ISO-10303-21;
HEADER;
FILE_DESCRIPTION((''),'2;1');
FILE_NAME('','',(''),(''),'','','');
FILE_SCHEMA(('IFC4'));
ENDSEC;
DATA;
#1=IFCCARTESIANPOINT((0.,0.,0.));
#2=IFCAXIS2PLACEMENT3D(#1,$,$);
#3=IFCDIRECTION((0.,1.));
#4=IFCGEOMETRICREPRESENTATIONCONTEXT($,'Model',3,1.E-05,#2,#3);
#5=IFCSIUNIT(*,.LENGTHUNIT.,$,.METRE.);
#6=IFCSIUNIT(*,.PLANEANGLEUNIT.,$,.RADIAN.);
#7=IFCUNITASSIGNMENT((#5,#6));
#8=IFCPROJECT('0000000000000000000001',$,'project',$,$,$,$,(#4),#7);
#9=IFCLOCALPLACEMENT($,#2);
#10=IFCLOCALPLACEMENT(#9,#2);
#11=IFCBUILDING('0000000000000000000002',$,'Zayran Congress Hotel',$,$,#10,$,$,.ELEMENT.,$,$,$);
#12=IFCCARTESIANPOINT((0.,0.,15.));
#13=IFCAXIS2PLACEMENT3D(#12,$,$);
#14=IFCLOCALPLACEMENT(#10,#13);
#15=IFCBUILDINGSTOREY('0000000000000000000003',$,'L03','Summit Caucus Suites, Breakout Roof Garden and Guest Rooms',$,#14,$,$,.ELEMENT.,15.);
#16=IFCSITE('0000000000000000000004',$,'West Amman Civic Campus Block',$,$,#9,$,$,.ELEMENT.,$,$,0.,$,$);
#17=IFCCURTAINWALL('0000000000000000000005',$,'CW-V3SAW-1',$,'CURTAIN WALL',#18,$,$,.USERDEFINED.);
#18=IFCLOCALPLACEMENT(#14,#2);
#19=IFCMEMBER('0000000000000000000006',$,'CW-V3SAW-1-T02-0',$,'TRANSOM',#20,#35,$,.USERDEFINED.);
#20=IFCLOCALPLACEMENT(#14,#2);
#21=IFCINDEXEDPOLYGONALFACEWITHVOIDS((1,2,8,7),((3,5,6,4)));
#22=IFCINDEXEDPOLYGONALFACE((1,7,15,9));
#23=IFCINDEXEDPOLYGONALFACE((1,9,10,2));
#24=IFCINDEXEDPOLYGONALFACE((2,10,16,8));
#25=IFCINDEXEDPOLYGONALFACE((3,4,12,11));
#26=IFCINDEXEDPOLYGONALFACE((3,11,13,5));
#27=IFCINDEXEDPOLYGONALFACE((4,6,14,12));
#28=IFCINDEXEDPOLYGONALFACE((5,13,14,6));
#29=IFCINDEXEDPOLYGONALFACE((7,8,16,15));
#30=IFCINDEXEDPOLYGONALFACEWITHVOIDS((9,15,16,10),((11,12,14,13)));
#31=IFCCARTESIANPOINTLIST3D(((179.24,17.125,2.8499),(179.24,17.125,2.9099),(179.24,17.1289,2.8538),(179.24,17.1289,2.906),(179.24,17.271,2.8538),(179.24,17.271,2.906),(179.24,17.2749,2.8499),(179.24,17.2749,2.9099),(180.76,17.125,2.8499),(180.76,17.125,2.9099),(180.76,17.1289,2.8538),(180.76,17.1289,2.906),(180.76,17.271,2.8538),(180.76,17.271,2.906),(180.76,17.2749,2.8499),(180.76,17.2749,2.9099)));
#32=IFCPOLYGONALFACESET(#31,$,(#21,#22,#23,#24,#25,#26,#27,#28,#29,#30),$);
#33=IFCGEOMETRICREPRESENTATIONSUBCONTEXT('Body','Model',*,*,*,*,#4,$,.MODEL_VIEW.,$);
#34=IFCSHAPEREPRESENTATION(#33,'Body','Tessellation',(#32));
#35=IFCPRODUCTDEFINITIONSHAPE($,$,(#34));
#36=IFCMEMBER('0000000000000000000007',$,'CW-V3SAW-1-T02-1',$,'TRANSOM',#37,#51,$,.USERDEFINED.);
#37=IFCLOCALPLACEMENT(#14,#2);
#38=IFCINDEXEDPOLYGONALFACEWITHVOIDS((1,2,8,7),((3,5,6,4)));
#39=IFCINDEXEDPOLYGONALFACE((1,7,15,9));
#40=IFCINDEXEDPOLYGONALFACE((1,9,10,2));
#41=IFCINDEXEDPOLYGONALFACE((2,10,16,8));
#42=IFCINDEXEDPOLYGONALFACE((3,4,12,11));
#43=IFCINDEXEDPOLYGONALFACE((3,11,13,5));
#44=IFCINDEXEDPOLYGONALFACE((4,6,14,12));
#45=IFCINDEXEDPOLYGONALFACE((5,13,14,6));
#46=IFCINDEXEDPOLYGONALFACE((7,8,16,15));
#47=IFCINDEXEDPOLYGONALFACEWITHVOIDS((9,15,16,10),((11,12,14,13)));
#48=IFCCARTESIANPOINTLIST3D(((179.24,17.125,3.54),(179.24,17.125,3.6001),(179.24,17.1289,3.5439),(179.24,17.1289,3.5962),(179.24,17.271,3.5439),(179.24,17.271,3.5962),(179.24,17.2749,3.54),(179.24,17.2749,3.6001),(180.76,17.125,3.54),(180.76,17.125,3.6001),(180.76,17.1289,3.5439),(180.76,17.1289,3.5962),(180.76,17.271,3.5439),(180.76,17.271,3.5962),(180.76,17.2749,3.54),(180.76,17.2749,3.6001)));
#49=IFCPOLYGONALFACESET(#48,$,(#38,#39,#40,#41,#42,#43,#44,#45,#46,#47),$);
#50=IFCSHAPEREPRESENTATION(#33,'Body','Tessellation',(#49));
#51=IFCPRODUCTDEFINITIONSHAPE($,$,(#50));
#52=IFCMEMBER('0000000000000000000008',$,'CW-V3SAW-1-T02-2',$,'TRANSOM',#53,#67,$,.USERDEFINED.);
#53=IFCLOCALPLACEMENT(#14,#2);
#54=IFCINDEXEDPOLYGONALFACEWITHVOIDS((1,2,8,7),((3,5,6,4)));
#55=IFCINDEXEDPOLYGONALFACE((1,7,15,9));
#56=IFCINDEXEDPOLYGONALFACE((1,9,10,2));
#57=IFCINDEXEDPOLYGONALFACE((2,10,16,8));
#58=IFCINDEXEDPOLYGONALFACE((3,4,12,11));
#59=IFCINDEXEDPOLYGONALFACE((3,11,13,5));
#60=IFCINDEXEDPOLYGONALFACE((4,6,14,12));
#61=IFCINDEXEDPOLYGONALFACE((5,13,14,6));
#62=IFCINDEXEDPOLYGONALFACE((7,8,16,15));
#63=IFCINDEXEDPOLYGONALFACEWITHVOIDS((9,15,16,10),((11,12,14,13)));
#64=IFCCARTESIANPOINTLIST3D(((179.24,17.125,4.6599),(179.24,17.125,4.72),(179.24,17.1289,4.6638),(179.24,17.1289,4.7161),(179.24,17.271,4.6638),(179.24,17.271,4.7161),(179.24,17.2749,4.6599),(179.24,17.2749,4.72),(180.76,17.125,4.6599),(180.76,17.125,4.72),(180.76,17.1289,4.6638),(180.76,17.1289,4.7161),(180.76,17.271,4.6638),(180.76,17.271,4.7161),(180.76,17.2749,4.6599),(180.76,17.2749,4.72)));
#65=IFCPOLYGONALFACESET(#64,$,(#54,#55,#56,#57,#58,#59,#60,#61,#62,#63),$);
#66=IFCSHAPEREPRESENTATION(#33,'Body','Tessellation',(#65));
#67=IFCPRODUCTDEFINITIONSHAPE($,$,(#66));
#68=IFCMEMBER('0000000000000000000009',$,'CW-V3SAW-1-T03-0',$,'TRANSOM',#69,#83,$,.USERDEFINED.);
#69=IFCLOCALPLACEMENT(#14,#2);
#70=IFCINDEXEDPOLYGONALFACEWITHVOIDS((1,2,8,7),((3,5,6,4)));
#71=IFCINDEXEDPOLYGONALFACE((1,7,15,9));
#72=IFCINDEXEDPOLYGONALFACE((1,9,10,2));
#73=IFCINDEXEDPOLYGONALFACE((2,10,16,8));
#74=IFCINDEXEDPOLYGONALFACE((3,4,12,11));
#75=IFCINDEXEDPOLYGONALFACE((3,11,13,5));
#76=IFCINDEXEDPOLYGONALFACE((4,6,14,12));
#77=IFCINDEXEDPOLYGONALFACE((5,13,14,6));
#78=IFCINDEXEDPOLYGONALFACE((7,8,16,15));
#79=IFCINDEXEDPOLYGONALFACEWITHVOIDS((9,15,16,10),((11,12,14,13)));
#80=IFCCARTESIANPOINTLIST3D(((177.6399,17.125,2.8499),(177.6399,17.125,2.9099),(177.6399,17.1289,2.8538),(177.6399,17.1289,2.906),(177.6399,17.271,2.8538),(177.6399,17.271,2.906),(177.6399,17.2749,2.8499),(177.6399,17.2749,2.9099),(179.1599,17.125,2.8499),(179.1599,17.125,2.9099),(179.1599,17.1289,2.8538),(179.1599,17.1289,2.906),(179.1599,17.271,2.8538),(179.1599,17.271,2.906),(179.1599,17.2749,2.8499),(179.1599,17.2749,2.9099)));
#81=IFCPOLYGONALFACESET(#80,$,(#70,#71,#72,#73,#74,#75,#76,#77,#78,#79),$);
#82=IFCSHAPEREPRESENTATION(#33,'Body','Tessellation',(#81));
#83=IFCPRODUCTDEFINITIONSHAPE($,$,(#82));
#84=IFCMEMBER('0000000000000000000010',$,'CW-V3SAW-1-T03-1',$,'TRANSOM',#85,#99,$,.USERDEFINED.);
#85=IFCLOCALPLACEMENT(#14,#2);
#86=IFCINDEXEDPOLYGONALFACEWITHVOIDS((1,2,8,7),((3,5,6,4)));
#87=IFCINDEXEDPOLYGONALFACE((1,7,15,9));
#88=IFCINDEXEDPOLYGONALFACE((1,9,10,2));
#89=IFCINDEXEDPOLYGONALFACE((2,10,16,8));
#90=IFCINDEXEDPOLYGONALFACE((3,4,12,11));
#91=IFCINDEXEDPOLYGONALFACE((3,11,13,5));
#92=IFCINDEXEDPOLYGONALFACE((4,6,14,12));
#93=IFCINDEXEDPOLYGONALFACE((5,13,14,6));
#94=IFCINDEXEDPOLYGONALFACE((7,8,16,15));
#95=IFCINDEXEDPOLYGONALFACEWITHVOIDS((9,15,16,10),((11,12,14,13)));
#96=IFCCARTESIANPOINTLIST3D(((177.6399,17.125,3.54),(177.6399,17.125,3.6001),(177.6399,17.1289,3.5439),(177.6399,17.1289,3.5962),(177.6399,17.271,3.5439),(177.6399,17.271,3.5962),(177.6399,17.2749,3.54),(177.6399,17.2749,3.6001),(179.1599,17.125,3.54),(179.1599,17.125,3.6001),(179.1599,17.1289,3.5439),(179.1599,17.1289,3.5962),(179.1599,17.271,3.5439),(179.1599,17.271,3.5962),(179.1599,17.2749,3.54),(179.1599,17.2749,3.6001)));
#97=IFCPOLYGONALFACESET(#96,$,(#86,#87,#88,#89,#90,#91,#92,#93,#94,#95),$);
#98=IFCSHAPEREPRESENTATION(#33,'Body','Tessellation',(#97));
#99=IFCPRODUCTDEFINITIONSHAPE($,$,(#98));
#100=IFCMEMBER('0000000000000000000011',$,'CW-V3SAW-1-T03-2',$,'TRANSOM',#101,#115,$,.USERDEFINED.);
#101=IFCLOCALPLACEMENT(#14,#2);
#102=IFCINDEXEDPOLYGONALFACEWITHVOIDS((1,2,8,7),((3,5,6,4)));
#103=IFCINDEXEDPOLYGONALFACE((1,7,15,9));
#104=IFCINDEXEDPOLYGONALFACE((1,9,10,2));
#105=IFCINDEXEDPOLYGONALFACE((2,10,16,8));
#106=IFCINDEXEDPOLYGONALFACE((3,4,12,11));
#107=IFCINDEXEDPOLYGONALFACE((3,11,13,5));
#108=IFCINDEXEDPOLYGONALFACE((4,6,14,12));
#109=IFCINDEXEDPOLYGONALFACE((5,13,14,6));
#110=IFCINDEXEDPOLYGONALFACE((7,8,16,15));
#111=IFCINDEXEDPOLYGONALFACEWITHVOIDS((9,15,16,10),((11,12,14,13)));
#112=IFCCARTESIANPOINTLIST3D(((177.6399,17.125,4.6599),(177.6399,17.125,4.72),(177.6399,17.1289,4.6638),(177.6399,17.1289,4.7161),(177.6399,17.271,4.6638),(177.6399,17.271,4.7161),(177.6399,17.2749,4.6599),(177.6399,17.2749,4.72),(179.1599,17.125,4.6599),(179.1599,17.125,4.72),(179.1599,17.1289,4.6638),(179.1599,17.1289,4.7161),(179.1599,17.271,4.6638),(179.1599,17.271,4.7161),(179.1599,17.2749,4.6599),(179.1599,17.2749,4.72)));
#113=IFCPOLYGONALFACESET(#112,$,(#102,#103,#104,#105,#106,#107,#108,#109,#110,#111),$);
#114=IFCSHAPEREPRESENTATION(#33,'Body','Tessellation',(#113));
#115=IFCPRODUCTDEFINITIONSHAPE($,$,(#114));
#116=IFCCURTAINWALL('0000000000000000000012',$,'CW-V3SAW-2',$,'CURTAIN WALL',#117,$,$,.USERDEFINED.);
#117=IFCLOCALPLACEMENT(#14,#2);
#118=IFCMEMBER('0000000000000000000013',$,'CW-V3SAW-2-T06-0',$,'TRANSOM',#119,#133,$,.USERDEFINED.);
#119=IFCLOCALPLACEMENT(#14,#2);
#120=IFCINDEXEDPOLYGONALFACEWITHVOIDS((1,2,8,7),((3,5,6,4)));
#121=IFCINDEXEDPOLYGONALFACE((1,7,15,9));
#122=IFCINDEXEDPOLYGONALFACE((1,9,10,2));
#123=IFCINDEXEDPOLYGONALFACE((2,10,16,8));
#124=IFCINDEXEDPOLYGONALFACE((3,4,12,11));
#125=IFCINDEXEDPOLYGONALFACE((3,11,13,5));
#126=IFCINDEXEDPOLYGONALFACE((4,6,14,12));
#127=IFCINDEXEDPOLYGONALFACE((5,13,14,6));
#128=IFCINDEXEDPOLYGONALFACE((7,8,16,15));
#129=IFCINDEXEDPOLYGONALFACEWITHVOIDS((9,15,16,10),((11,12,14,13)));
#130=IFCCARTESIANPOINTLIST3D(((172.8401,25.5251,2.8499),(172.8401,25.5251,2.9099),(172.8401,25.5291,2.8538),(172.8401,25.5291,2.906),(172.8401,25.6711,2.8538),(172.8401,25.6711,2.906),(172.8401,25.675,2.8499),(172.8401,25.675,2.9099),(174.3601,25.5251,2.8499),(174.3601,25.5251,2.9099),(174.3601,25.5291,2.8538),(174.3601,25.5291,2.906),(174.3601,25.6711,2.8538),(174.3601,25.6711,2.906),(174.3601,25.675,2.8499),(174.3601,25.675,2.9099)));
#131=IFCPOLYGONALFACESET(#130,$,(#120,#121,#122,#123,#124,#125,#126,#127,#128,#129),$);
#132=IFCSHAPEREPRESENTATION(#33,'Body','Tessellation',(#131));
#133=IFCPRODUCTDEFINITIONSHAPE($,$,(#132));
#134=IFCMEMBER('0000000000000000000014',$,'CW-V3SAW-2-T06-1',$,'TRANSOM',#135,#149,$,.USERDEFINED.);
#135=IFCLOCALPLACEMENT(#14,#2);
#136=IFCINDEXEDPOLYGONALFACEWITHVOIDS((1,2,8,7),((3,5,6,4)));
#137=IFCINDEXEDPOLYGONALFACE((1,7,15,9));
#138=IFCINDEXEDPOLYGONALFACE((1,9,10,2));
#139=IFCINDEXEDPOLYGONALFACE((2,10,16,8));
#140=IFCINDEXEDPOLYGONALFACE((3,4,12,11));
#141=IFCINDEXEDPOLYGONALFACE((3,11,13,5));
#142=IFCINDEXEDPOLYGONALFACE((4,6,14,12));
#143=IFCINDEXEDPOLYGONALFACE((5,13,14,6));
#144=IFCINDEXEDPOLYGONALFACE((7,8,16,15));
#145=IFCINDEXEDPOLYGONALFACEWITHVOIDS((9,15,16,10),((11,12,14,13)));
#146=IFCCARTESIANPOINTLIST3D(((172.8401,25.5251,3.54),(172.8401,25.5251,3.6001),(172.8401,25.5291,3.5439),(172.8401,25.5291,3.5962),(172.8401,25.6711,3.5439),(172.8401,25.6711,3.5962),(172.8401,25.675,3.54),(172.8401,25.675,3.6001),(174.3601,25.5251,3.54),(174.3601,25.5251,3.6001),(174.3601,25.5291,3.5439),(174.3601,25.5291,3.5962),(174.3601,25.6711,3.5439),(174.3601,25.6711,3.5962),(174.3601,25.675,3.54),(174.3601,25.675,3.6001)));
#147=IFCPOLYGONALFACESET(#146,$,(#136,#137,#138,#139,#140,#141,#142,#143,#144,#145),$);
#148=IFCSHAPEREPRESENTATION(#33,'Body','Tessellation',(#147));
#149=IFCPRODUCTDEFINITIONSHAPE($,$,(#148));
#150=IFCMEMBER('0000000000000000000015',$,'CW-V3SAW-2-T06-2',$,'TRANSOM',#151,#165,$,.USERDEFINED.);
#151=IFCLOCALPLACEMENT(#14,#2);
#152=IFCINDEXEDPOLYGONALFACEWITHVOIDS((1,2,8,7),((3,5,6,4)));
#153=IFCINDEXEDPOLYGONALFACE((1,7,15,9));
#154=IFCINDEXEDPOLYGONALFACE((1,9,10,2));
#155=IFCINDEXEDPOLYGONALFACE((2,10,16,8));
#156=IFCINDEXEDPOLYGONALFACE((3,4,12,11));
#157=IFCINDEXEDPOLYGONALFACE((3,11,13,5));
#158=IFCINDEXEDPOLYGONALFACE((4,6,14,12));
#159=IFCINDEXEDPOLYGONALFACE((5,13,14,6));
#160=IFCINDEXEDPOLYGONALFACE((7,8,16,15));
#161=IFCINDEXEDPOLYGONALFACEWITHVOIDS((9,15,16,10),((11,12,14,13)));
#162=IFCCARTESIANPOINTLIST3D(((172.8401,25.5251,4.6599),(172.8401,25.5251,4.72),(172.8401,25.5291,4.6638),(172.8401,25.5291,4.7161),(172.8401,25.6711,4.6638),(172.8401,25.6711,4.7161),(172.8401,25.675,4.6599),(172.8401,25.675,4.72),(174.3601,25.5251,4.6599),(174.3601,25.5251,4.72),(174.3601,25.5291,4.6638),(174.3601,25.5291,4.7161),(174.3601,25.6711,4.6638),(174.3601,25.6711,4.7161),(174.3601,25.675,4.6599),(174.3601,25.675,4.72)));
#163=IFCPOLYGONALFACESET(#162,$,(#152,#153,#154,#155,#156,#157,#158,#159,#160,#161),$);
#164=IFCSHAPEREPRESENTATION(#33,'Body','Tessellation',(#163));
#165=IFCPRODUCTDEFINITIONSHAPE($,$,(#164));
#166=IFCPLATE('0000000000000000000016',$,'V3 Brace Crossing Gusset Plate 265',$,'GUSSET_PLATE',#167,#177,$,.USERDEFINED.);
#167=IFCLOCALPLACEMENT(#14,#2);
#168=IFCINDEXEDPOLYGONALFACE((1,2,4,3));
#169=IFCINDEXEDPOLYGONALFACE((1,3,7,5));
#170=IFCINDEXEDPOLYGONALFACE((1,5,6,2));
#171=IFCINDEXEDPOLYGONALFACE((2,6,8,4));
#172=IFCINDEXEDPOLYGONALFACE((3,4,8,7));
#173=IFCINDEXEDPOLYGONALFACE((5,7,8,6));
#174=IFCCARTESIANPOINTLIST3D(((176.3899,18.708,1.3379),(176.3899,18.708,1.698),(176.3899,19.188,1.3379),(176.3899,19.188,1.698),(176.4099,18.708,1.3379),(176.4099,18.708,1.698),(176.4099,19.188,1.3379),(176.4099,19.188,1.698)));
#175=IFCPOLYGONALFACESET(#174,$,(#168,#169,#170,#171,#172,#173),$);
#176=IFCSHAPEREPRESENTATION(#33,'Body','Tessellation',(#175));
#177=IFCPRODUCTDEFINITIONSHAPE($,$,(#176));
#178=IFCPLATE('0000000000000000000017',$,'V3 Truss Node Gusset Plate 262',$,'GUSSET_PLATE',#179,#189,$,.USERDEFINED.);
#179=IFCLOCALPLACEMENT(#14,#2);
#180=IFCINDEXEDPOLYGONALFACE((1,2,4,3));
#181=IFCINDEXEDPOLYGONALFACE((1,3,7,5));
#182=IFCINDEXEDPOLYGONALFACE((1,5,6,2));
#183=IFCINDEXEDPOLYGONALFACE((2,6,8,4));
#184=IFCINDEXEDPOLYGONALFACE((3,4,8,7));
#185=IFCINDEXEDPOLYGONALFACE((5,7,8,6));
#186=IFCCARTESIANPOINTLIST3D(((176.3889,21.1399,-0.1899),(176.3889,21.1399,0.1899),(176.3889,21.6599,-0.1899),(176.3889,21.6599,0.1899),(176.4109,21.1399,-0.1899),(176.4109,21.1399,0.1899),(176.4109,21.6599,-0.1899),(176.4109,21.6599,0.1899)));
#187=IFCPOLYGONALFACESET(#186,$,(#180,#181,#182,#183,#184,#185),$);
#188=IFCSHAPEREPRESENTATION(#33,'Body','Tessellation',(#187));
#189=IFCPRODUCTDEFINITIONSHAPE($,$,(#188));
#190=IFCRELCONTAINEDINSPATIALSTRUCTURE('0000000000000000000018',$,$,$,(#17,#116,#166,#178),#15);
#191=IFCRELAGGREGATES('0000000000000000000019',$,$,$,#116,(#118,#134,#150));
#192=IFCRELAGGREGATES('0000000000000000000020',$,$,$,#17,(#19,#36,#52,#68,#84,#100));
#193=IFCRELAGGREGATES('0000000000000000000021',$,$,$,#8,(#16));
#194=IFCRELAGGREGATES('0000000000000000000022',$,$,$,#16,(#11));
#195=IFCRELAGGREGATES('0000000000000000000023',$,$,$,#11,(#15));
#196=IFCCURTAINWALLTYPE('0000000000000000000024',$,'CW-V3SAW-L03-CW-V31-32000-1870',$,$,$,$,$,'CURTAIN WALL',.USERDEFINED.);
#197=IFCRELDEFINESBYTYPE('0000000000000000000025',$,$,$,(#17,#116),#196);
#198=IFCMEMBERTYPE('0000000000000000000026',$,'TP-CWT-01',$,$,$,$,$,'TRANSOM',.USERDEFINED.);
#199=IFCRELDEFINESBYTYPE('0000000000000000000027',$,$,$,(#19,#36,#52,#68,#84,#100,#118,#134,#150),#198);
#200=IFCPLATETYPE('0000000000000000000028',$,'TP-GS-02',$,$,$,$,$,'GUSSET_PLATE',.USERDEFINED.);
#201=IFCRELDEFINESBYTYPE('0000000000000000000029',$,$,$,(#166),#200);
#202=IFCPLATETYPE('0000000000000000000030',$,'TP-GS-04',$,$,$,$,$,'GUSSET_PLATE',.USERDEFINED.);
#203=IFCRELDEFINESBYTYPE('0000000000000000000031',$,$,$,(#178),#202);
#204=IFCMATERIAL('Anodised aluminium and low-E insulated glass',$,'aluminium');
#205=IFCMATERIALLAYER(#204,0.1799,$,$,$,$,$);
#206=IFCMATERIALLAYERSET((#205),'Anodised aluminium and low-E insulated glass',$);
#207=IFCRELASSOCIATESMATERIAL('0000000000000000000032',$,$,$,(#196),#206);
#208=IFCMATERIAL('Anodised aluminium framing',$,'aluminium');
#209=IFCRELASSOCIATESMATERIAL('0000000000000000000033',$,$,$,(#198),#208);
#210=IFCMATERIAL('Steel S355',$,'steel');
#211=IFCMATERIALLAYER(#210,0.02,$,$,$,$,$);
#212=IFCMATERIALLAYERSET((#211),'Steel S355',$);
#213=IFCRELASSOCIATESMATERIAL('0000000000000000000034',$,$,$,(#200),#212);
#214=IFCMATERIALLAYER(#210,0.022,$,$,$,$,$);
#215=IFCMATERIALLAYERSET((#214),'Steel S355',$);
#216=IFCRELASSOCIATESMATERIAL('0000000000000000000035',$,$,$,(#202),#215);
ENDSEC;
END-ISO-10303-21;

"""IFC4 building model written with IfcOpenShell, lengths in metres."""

from ifc_helpers import new_model, si_unit, direction, frame, origin, origin_2d, place, context, subcontext, project, spatial, rectangle, hollow_rectangle, extrude, material, layer, layer_set, material_profile, profile_set, type_object, element, aggregate, save


model = new_model("IFC4")

# Units and contexts
model_context = context("Model", 3, precision=1e-05, world=origin(), true_north=direction((0.0, 1.0)))
body_context = subcontext(model_context, "Body", "Model", "MODEL_VIEW")
ifc_project = project(units=[si_unit("LENGTHUNIT", "METRE"), si_unit("PLANEANGLEUNIT", "RADIAN")], contexts=[model_context])

# Site, building, storey
site_placement = place(None, origin())
site = spatial("IfcSite", under=ifc_project, at=site_placement, Name="West Amman Civic Campus Block", CompositionType="ELEMENT", RefElevation=0.0)
building_placement = place(site_placement, origin())
building = spatial("IfcBuilding", under=site, at=building_placement, Name="Zayran Congress Hotel", CompositionType="ELEMENT")
storey_placement = place(building_placement, frame((0.0, 0.0, 15.0)))
storey = spatial("IfcBuildingStorey", under=building, at=storey_placement, Name="L03", Description="Summit Caucus Suites, Breakout Roof Garden and Guest Rooms", CompositionType="ELEMENT", Elevation=15.0)

# Shared definitions
ifc_material_1 = material(Name="Steel S355", Category="steel")

# Curtain walls, members
ifc_material_2 = material(Name="Anodised aluminium and low-E insulated glass", Category="aluminium")
ifc_layer_1 = layer(ifc_material_2, 0.1799)
ifc_layer_set_1 = layer_set([ifc_layer_1], Name="Anodised aluminium and low-E insulated glass")
curtain_wall_type = type_object("IfcCurtainWallType", Name="CW-V3SAW-L03-CW-V31-32000-1870", ElementType="CURTAIN WALL", PredefinedType="USERDEFINED", material=ifc_layer_set_1)
curtain_wall_1_placement = place(storey_placement, origin())
curtain_wall_1 = element("IfcCurtainWall", 1, at=curtain_wall_1_placement, inside=storey, type_object=curtain_wall_type, Name="CW-V3SAW-1", ObjectType="CURTAIN WALL", PredefinedType="USERDEFINED")
ifc_material_3 = material(Name="Anodised aluminium framing", Category="aluminium")
ifc_material_profile_1 = material_profile(ifc_material_3, hollow_rectangle(XDim=0.0601, YDim=0.1499, WallThickness=0.0039, at=origin_2d()), Name="RHS 150x60x4")
ifc_profile_set_1 = profile_set([ifc_material_profile_1], Name="Anodised aluminium framing")
member_type_1 = type_object("IfcMemberType", Name="TP-CWT-01", ElementType="TRANSOM", PredefinedType="USERDEFINED", material=ifc_profile_set_1)
member_1_placement = place(storey_placement, frame((180.76, 17.2, 2.8799), z_axis=(-1.0, 0.0, 0.0), x_axis=(0.0, 0.0, 1.0)))
member_1 = element("IfcMember", 2, at=member_1_placement, type_object=member_type_1, Name="CW-V3SAW-1-T02-0", ObjectType="TRANSOM", PredefinedType="USERDEFINED", context=body_context, shape_type="SweptSolid", body=[
    extrude(hollow_rectangle(XDim=0.0601, YDim=0.1499, WallThickness=0.0039, at=origin_2d()), origin(), (0.0, 0.0, 1.0), 1.52),
])
member_2_placement = place(storey_placement, frame((180.76, 17.2, 3.5701), z_axis=(-1.0, 0.0, 0.0), x_axis=(0.0, 0.0, 1.0)))
member_2 = element("IfcMember", 3, at=member_2_placement, type_object=member_type_1, Name="CW-V3SAW-1-T02-1", ObjectType="TRANSOM", PredefinedType="USERDEFINED", context=body_context, shape_type="SweptSolid", body=[
    extrude(hollow_rectangle(XDim=0.0601, YDim=0.1499, WallThickness=0.0039, at=origin_2d()), origin(), (0.0, 0.0, 1.0), 1.52),
])
member_3_placement = place(storey_placement, frame((180.76, 17.2, 4.6899), z_axis=(-1.0, 0.0, 0.0), x_axis=(0.0, 0.0, 1.0)))
member_3 = element("IfcMember", 4, at=member_3_placement, type_object=member_type_1, Name="CW-V3SAW-1-T02-2", ObjectType="TRANSOM", PredefinedType="USERDEFINED", context=body_context, shape_type="SweptSolid", body=[
    extrude(hollow_rectangle(XDim=0.0601, YDim=0.1499, WallThickness=0.0039, at=origin_2d()), origin(), (0.0, 0.0, 1.0), 1.52),
])
member_4_placement = place(storey_placement, frame((179.1599, 17.2, 2.8799), z_axis=(-1.0, 0.0, 0.0), x_axis=(0.0, 0.0, 1.0)))
member_4 = element("IfcMember", 5, at=member_4_placement, type_object=member_type_1, Name="CW-V3SAW-1-T03-0", ObjectType="TRANSOM", PredefinedType="USERDEFINED", context=body_context, shape_type="SweptSolid", body=[
    extrude(hollow_rectangle(XDim=0.0601, YDim=0.1499, WallThickness=0.0039, at=origin_2d()), origin(), (0.0, 0.0, 1.0), 1.52),
])
member_5_placement = place(storey_placement, frame((179.1599, 17.2, 3.5701), z_axis=(-1.0, 0.0, 0.0), x_axis=(0.0, 0.0, 1.0)))
member_5 = element("IfcMember", 6, at=member_5_placement, type_object=member_type_1, Name="CW-V3SAW-1-T03-1", ObjectType="TRANSOM", PredefinedType="USERDEFINED", context=body_context, shape_type="SweptSolid", body=[
    extrude(hollow_rectangle(XDim=0.0601, YDim=0.1499, WallThickness=0.0039, at=origin_2d()), origin(), (0.0, 0.0, 1.0), 1.52),
])
member_6_placement = place(storey_placement, frame((179.1599, 17.2, 4.6899), z_axis=(-1.0, 0.0, 0.0), x_axis=(0.0, 0.0, 1.0)))
member_6 = element("IfcMember", 7, at=member_6_placement, type_object=member_type_1, Name="CW-V3SAW-1-T03-2", ObjectType="TRANSOM", PredefinedType="USERDEFINED", context=body_context, shape_type="SweptSolid", body=[
    extrude(hollow_rectangle(XDim=0.0601, YDim=0.1499, WallThickness=0.0039, at=origin_2d()), origin(), (0.0, 0.0, 1.0), 1.52),
])
curtain_wall_2_placement = place(storey_placement, origin())
curtain_wall_2 = element("IfcCurtainWall", 8, at=curtain_wall_2_placement, inside=storey, type_object=curtain_wall_type, Name="CW-V3SAW-2", ObjectType="CURTAIN WALL", PredefinedType="USERDEFINED")
member_7_placement = place(storey_placement, frame((174.3601, 25.6001, 2.8799), z_axis=(-1.0, 0.0, 0.0), x_axis=(0.0, 0.0, 1.0)))
member_7 = element("IfcMember", 9, at=member_7_placement, type_object=member_type_1, Name="CW-V3SAW-2-T06-0", ObjectType="TRANSOM", PredefinedType="USERDEFINED", context=body_context, shape_type="SweptSolid", body=[
    extrude(hollow_rectangle(XDim=0.0601, YDim=0.1499, WallThickness=0.0039, at=origin_2d()), origin(), (0.0, 0.0, 1.0), 1.52),
])
member_8_placement = place(storey_placement, frame((174.3601, 25.6001, 3.5701), z_axis=(-1.0, 0.0, 0.0), x_axis=(0.0, 0.0, 1.0)))
member_8 = element("IfcMember", 10, at=member_8_placement, type_object=member_type_1, Name="CW-V3SAW-2-T06-1", ObjectType="TRANSOM", PredefinedType="USERDEFINED", context=body_context, shape_type="SweptSolid", body=[
    extrude(hollow_rectangle(XDim=0.0601, YDim=0.1499, WallThickness=0.0039, at=origin_2d()), origin(), (0.0, 0.0, 1.0), 1.52),
])
member_9_placement = place(storey_placement, frame((174.3601, 25.6001, 4.6899), z_axis=(-1.0, 0.0, 0.0), x_axis=(0.0, 0.0, 1.0)))
member_9 = element("IfcMember", 11, at=member_9_placement, type_object=member_type_1, Name="CW-V3SAW-2-T06-2", ObjectType="TRANSOM", PredefinedType="USERDEFINED", context=body_context, shape_type="SweptSolid", body=[
    extrude(hollow_rectangle(XDim=0.0601, YDim=0.1499, WallThickness=0.0039, at=origin_2d()), origin(), (0.0, 0.0, 1.0), 1.52),
])
aggregate(curtain_wall_2, [member_7, member_8, member_9])

# Plates
ifc_layer_2 = layer(ifc_material_1, 0.02)
ifc_layer_set_2 = layer_set([ifc_layer_2], Name="Steel S355")
plate_type_1 = type_object("IfcPlateType", Name="TP-GS-02", ElementType="GUSSET_PLATE", PredefinedType="USERDEFINED", material=ifc_layer_set_2)
plate_1_placement = place(storey_placement, frame((176.3999, 18.948, 1.3379), z_axis=(0.0, 0.0, 1.0), x_axis=(0.0, 1.0, 0.0)))
element("IfcPlate", 12, at=plate_1_placement, inside=storey, type_object=plate_type_1, Name="V3 Brace Crossing Gusset Plate 265", ObjectType="GUSSET_PLATE", PredefinedType="USERDEFINED", context=body_context, shape_type="SweptSolid", body=[
    extrude(rectangle(XDim=0.48, YDim=0.02, at=origin_2d()), origin(), (0.0, 0.0, 1.0), 0.3601),
])
ifc_layer_3 = layer(ifc_material_1, 0.022)
ifc_layer_set_3 = layer_set([ifc_layer_3], Name="Steel S355")
plate_type_2 = type_object("IfcPlateType", Name="TP-GS-04", ElementType="GUSSET_PLATE", PredefinedType="USERDEFINED", material=ifc_layer_set_3)
for number, where, z_axis, x_axis, name in (
    (13, (176.3999, 21.3999, -0.1899), (0.0, 0.0, 1.0), (0.0, 1.0, 0.0), "V3 Truss Node Gusset Plate 262"),
):
    element("IfcPlate", number, at=place(storey_placement, frame(where, z_axis=z_axis, x_axis=x_axis)), inside=storey, type_object=plate_type_2, Name=name, ObjectType="GUSSET_PLATE", PredefinedType="USERDEFINED", context=body_context, shape_type="SweptSolid", body=[
        extrude(rectangle(XDim=0.52, YDim=0.022, at=origin_2d()), origin(), (0.0, 0.0, 1.0), 0.3799),
    ])

aggregate(curtain_wall_1, [member_1, member_2, member_3, member_4, member_5, member_6])

save(model, "model.ifc")
